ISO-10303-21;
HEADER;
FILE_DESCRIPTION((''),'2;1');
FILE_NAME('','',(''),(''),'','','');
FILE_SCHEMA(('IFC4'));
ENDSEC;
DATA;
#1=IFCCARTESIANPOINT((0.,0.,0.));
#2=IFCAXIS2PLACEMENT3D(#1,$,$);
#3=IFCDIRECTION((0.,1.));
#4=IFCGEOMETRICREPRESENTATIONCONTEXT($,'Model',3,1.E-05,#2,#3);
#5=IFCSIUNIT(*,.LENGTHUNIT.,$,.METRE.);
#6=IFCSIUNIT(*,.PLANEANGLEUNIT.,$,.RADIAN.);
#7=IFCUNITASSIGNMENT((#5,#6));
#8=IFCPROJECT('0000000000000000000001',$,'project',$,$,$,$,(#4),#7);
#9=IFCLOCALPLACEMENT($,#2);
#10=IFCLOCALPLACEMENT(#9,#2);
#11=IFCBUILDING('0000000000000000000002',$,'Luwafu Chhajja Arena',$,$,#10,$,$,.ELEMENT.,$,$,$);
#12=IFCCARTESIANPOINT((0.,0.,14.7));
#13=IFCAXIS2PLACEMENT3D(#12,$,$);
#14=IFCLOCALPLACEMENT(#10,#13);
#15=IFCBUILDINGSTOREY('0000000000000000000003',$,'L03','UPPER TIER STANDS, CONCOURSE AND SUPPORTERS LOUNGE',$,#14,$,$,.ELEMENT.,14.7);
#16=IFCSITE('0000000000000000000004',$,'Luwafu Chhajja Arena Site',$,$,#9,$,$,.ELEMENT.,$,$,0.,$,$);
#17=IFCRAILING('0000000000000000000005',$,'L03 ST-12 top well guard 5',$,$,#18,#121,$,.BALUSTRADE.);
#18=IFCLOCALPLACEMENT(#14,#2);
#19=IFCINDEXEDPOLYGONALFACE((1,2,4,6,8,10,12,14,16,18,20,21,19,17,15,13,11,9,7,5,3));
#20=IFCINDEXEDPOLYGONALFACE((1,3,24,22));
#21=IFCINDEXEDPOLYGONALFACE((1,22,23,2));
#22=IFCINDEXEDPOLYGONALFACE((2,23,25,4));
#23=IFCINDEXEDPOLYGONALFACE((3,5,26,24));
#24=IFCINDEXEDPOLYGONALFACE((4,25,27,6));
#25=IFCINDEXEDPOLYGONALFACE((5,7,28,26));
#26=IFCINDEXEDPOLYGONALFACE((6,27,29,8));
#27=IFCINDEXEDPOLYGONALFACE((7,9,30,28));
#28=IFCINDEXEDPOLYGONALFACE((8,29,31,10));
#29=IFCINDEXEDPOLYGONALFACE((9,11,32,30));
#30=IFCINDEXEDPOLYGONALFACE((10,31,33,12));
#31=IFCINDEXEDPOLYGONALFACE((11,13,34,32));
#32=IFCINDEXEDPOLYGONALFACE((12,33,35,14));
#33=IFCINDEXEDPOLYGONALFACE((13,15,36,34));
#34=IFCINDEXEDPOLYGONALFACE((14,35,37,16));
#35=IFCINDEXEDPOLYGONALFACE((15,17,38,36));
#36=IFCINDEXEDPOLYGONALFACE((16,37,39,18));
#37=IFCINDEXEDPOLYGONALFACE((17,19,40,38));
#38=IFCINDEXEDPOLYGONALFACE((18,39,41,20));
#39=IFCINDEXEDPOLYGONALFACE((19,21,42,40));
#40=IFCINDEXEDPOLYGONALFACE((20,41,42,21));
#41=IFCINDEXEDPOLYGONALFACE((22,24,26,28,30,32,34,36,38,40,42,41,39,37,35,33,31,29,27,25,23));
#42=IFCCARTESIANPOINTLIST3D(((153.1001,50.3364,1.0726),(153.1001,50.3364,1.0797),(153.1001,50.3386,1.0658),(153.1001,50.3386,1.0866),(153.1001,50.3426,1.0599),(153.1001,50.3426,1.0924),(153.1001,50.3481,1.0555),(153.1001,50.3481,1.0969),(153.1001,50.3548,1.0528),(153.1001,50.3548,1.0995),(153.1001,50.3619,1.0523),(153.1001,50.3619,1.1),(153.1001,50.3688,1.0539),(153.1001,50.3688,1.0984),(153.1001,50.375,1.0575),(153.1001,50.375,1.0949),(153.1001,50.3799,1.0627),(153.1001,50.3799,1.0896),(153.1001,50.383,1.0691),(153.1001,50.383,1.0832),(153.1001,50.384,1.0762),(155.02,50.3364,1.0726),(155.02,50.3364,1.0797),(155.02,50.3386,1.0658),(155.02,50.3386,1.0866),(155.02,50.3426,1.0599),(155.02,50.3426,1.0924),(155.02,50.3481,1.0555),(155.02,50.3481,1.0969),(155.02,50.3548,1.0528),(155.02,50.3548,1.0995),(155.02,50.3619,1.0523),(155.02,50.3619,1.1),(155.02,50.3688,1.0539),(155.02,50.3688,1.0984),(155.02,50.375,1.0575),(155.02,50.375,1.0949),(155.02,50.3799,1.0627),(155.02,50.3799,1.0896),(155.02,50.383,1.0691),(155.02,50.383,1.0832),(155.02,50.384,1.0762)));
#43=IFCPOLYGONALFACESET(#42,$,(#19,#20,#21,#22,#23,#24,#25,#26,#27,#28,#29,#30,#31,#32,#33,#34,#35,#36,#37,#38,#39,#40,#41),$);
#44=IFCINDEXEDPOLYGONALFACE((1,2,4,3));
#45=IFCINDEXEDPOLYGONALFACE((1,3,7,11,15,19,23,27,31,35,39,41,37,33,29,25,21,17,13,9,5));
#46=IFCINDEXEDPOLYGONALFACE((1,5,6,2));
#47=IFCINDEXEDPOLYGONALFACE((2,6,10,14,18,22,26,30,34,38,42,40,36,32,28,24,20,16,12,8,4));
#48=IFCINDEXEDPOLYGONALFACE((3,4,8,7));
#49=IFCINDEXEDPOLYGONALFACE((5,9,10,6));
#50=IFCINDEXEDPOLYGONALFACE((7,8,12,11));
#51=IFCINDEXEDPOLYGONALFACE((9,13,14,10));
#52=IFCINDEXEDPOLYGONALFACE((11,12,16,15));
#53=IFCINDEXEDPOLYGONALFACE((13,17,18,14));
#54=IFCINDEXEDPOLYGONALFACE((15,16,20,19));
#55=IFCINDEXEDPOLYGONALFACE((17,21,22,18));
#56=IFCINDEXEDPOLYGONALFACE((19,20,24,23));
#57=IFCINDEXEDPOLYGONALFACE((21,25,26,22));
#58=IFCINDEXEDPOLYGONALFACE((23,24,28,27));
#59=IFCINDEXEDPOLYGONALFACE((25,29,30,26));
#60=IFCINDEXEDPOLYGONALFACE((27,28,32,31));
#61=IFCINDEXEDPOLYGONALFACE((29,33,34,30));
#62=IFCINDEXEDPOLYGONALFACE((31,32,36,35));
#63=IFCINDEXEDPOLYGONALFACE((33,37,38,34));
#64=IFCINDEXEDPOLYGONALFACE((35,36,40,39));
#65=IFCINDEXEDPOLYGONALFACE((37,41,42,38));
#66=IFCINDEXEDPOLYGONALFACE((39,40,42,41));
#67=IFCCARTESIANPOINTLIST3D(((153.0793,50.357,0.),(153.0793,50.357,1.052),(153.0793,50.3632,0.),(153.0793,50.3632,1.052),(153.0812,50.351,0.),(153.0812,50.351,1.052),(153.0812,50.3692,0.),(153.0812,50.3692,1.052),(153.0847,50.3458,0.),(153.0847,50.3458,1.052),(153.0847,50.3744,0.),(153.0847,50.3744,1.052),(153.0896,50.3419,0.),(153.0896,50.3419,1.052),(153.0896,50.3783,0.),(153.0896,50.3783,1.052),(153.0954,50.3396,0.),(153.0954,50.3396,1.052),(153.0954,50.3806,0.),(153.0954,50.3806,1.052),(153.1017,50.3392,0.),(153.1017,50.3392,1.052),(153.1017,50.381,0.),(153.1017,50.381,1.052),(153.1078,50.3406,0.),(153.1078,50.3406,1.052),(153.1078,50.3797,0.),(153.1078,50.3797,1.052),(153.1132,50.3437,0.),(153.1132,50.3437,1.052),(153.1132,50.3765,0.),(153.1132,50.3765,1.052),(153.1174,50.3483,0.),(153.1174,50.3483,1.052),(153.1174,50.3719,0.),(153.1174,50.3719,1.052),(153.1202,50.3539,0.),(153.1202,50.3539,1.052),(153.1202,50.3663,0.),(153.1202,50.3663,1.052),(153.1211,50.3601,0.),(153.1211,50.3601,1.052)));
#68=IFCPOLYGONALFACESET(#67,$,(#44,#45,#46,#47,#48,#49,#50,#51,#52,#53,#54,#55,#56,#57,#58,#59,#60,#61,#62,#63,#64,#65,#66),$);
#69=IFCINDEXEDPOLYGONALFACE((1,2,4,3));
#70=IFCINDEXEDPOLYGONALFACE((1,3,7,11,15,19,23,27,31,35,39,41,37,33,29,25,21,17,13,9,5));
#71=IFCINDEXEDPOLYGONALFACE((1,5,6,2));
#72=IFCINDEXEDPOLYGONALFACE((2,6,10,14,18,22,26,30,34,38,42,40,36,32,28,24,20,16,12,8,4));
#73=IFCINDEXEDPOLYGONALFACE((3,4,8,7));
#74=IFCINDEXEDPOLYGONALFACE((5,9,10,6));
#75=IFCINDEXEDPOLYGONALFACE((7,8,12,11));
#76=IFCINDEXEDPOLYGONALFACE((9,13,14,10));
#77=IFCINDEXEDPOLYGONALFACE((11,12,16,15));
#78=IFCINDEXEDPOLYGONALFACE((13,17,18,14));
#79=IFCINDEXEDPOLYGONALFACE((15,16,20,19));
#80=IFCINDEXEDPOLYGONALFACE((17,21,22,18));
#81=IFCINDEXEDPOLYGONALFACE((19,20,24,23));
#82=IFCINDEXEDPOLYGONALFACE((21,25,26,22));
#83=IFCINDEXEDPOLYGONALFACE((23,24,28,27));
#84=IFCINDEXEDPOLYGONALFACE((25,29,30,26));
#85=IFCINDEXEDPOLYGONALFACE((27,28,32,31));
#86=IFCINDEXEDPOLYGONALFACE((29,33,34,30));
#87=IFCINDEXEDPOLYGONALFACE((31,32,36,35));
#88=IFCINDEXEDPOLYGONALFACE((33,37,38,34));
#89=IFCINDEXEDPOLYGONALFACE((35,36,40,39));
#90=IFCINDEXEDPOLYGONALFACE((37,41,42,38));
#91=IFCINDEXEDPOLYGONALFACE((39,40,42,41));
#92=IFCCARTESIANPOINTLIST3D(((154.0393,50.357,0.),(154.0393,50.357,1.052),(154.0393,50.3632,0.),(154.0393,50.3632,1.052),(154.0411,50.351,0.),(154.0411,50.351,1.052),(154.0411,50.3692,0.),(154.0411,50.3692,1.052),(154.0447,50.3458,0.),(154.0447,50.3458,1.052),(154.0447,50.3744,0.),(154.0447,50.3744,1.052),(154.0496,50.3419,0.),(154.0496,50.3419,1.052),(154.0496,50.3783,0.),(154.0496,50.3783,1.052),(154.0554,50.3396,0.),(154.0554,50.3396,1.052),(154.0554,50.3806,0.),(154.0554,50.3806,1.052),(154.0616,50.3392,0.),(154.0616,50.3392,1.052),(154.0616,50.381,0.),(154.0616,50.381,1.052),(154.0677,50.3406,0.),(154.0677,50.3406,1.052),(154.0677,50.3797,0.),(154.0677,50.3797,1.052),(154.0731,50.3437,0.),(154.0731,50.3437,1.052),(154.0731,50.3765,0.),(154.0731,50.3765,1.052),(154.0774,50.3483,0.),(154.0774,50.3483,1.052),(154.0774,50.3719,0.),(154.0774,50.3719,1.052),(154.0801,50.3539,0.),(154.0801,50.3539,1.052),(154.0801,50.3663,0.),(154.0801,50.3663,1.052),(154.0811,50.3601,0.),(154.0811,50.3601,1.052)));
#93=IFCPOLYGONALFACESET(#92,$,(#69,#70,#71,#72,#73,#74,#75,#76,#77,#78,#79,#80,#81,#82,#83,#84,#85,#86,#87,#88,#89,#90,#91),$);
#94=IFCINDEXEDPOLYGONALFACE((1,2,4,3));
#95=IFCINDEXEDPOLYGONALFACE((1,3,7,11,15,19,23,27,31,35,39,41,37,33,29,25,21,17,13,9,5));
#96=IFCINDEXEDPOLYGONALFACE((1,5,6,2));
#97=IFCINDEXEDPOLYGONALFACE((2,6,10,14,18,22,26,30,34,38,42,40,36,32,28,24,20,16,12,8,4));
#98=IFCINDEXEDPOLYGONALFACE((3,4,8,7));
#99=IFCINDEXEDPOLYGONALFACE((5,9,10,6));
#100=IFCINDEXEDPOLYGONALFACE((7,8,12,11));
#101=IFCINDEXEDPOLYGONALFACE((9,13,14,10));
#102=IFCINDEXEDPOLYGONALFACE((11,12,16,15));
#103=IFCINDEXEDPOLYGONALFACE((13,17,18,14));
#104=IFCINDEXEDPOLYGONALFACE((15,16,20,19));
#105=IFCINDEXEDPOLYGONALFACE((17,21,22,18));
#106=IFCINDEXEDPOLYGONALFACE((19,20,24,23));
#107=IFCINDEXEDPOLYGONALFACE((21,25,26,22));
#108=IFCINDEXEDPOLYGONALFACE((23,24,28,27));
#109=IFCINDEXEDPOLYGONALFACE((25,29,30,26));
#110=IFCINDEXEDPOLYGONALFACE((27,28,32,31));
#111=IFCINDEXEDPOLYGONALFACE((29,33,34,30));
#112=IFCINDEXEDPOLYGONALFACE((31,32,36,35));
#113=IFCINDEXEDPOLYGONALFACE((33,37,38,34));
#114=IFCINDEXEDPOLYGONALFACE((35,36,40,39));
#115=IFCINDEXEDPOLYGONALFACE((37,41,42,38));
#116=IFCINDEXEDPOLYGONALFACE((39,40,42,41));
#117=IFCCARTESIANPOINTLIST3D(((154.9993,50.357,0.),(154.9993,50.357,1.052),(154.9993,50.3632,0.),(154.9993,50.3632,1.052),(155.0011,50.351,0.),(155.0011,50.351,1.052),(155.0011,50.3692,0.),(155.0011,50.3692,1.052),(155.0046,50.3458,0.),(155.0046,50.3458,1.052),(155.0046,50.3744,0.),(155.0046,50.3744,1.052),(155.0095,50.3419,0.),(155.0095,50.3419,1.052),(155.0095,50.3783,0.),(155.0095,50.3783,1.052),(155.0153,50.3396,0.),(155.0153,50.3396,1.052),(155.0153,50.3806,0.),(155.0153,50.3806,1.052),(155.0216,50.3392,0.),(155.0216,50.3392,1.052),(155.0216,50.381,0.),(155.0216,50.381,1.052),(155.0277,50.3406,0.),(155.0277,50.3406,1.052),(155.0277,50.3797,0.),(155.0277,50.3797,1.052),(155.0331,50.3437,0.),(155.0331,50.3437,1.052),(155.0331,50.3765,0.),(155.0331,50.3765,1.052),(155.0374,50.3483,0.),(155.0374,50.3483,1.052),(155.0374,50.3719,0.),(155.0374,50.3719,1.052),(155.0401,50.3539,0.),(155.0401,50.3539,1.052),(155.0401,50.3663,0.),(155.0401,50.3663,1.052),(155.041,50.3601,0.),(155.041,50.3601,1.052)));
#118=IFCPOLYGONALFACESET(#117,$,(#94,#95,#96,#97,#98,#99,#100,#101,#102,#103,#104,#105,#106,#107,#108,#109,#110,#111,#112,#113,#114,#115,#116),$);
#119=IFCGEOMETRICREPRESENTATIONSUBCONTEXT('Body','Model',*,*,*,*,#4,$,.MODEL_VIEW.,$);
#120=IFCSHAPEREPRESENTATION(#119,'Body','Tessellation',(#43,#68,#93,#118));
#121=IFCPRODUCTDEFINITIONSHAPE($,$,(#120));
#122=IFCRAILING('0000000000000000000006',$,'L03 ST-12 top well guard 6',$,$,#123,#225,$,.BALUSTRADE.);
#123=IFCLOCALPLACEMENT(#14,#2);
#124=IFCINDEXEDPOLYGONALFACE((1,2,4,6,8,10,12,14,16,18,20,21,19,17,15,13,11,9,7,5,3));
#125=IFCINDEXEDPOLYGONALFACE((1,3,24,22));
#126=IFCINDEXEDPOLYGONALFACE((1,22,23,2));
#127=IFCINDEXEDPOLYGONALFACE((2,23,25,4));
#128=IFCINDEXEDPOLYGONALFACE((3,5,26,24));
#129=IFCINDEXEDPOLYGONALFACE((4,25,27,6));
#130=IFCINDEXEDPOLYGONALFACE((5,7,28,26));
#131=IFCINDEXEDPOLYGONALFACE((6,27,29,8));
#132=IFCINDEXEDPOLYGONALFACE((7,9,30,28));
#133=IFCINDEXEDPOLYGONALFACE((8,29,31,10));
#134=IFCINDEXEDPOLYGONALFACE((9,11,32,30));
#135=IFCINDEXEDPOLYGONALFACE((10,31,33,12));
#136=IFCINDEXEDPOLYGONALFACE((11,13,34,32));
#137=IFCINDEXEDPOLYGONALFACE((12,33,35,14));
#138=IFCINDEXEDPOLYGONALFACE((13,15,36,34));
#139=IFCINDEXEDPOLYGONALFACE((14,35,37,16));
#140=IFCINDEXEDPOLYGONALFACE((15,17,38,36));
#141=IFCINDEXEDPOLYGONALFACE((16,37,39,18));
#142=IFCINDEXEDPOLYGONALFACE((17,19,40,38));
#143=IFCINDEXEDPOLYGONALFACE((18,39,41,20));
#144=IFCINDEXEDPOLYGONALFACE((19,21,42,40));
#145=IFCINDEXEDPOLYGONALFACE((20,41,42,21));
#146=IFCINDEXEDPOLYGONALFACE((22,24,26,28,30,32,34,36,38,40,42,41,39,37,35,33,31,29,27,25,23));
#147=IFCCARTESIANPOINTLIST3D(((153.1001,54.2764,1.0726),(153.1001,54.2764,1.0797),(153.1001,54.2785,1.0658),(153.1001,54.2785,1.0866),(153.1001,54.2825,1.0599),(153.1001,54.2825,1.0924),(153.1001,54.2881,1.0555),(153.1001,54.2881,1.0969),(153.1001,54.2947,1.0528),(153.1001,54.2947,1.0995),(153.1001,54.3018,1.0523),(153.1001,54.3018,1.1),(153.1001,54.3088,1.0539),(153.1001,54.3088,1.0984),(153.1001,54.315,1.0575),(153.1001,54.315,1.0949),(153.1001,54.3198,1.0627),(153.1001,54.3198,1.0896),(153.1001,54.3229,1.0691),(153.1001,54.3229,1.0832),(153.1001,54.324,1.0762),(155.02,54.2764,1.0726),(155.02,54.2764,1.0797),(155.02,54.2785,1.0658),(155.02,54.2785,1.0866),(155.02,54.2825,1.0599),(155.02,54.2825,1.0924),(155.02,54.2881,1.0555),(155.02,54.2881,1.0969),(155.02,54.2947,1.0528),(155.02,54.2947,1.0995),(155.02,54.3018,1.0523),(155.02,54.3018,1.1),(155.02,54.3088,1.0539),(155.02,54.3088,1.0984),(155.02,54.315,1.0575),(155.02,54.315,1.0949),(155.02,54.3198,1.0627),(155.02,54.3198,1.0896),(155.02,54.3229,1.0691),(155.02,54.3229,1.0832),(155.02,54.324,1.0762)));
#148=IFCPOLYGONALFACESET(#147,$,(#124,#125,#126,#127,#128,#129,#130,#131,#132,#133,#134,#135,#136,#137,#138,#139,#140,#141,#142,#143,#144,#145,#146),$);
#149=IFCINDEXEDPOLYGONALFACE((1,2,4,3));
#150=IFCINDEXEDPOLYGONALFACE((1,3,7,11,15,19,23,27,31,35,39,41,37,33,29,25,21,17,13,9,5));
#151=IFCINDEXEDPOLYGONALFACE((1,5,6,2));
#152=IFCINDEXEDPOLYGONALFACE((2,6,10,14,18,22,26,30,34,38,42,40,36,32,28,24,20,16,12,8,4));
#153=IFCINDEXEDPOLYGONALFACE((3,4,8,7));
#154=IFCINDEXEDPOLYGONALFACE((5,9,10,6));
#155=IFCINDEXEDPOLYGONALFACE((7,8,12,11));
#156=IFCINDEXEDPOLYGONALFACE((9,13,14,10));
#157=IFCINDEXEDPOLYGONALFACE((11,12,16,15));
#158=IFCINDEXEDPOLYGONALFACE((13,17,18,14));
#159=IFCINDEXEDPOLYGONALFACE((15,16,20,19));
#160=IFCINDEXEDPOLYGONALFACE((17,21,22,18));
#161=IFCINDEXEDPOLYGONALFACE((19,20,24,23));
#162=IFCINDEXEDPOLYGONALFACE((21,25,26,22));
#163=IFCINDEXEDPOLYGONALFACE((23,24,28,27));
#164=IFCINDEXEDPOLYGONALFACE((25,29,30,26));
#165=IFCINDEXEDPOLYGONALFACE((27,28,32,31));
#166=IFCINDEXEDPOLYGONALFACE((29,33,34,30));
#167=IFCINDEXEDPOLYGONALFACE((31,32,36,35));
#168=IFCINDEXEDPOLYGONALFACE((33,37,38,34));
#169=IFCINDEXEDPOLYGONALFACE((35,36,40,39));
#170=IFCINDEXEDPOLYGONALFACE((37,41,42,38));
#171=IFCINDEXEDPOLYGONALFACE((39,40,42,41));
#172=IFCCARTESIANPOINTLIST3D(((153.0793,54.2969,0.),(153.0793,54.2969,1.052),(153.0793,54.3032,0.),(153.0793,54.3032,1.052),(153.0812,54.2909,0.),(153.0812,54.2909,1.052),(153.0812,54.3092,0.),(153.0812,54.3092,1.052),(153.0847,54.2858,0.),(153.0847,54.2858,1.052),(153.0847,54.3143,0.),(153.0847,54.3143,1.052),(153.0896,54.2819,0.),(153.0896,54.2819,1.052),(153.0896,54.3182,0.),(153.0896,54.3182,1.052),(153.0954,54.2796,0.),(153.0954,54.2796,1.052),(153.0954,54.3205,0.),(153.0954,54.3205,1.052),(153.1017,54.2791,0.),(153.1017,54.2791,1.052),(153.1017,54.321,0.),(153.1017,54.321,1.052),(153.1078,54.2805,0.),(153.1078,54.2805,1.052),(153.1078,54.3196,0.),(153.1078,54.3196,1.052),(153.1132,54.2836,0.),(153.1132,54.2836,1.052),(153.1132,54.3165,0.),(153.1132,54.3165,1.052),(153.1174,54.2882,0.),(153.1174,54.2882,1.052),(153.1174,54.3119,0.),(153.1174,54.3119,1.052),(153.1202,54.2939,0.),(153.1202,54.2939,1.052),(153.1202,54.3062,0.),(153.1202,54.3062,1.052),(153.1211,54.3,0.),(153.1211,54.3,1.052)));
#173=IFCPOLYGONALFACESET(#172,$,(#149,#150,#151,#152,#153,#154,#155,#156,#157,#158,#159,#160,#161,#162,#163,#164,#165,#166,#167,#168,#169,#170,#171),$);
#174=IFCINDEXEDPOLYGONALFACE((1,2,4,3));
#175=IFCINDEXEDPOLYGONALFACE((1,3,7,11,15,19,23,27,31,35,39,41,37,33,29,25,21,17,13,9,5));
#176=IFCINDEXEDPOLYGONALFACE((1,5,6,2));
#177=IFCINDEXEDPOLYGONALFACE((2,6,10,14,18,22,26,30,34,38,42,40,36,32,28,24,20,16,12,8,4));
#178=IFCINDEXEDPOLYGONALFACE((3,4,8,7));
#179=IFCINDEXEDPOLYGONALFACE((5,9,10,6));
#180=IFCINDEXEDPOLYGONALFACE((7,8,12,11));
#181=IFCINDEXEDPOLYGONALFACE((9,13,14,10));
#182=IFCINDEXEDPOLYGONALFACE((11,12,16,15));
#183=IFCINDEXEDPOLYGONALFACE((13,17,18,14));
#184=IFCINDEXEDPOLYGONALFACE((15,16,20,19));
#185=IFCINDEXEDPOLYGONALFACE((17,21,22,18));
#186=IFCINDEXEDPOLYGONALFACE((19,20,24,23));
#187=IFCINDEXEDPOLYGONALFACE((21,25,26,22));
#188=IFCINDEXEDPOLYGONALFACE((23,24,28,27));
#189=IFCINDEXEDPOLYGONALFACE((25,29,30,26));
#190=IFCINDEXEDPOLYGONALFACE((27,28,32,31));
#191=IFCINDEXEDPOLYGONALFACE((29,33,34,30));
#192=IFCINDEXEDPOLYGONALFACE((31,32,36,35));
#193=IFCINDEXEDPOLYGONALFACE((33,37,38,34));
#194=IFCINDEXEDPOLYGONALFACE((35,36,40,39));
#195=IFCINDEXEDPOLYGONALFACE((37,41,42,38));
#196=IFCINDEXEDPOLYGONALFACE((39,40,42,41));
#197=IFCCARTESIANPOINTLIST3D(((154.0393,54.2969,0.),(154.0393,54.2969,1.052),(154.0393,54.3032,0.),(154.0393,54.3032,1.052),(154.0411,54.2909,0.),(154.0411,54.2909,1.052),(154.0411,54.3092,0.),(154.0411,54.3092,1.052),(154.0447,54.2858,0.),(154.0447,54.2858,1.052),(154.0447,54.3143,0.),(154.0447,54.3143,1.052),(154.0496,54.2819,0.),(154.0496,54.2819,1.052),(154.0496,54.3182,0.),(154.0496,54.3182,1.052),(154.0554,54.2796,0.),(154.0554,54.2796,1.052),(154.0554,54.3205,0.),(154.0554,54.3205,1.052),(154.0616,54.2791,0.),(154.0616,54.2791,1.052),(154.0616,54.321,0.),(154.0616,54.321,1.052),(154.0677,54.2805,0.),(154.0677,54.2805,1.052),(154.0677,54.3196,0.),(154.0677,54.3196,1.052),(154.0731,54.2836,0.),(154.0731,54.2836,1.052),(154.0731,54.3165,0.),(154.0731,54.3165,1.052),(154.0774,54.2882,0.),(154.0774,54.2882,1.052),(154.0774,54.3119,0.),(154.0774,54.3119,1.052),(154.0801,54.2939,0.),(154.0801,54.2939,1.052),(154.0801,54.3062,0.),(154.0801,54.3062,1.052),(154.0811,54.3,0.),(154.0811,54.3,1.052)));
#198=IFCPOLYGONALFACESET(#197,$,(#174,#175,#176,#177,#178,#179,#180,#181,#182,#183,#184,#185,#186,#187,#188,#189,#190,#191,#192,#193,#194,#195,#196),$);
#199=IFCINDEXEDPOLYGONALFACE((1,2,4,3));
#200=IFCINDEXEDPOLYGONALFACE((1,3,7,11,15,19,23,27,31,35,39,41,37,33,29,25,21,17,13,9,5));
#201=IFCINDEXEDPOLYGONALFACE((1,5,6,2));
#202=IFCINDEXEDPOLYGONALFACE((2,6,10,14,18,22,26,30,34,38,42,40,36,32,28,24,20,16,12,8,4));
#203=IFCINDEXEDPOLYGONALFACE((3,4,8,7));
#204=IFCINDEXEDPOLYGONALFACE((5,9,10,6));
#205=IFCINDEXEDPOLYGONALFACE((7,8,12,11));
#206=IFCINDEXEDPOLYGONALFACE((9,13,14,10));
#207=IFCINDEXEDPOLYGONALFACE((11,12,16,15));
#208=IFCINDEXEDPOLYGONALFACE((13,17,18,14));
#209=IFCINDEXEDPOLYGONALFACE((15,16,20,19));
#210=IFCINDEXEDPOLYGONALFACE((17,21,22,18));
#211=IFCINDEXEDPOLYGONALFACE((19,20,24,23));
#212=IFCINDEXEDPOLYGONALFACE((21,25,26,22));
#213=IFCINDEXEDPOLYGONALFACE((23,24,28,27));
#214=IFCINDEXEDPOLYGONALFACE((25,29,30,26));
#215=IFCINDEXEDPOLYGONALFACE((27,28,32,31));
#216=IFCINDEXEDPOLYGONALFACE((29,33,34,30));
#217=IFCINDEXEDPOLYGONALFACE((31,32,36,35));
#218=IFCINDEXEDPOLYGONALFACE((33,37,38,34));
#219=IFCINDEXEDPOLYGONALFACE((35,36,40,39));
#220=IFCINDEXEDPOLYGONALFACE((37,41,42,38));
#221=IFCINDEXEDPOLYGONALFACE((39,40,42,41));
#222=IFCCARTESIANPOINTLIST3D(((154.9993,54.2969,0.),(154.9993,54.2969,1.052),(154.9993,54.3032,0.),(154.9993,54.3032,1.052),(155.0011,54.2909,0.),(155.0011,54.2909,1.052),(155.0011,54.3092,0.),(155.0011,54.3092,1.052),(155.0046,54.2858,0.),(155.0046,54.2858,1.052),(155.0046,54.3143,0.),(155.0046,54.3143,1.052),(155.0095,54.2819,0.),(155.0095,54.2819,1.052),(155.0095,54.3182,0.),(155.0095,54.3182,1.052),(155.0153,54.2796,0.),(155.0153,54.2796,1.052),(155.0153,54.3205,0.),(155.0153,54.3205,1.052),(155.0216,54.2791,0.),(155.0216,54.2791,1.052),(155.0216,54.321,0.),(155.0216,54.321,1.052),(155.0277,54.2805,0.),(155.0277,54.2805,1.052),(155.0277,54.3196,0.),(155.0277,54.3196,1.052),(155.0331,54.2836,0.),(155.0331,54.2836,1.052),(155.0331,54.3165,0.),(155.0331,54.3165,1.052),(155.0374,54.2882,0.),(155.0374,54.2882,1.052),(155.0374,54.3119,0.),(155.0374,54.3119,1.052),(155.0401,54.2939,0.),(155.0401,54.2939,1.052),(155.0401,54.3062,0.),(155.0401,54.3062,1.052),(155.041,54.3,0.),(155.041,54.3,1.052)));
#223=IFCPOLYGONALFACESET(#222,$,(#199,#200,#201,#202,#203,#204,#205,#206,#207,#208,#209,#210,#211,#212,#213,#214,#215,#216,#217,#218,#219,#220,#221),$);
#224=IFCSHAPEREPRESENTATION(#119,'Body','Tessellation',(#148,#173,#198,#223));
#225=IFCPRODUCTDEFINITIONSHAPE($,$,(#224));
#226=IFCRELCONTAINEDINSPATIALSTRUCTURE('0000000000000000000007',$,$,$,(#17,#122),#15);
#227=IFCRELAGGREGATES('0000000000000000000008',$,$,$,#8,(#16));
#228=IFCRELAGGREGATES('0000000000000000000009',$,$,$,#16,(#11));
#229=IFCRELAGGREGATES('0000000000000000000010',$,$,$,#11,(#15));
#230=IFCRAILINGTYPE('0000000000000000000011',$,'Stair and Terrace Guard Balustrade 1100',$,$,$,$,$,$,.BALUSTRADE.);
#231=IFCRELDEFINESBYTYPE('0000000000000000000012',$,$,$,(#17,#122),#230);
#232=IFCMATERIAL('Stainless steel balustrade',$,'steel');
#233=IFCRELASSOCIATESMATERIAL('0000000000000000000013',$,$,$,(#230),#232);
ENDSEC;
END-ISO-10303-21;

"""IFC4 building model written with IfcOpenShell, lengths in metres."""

from ifc_helpers import new_model, si_unit, direction, frame, origin, origin_2d, place, context, subcontext, project, spatial, circle, extrude, material, type_object, element, save


model = new_model("IFC4")

# Units and contexts
model_context = context("Model", 3, precision=1e-05, world=origin(), true_north=direction((0.0, 1.0)))
body_context = subcontext(model_context, "Body", "Model", "MODEL_VIEW")
ifc_project = project(units=[si_unit("LENGTHUNIT", "METRE"), si_unit("PLANEANGLEUNIT", "RADIAN")], contexts=[model_context])

# Site, building, storey
site_placement = place(None, origin())
site = spatial("IfcSite", under=ifc_project, at=site_placement, Name="Luwafu Chhajja Arena Site", CompositionType="ELEMENT", RefElevation=0.0)
building_placement = place(site_placement, origin())
building = spatial("IfcBuilding", under=site, at=building_placement, Name="Luwafu Chhajja Arena", CompositionType="ELEMENT")
storey_placement = place(building_placement, frame((0.0, 0.0, 14.7)))
storey = spatial("IfcBuildingStorey", under=building, at=storey_placement, Name="L03", Description="UPPER TIER STANDS, CONCOURSE AND SUPPORTERS LOUNGE", CompositionType="ELEMENT", Elevation=14.7)

# Railings
ifc_material_1 = material(Name="Stainless steel balustrade", Category="steel")
railing_type = type_object("IfcRailingType", Name="Stair and Terrace Guard Balustrade 1100", PredefinedType="BALUSTRADE", material=ifc_material_1)
for number, where, name in (
    (1, (153.1001, 50.3601, 0.0), "L03 ST-12 top well guard 5"),
    (2, (153.1001, 54.3, 0.0), "L03 ST-12 top well guard 6"),
):
    element("IfcRailing", number, at=place(storey_placement, frame(where)), inside=storey, type_object=railing_type, Name=name, PredefinedType="BALUSTRADE", context=body_context, shape_type="SweptSolid", body=[
        extrude(circle(Radius=0.0239, at=origin_2d()), frame((0.0, 0.0, 1.0762), z_axis=(1.0, 0.0, 0.0), x_axis=(0.0, 1.0, 0.0)), (0.0, 0.0, 1.0), 1.9199),
        extrude(circle(Radius=0.021, at=origin_2d()), origin(), (0.0, 0.0, 1.0), 1.052),
        extrude(circle(Radius=0.021, at=origin_2d()), frame((0.96, 0.0, 0.0)), (0.0, 0.0, 1.0), 1.052),
        extrude(circle(Radius=0.021, at=origin_2d()), frame((1.9199, 0.0, 0.0)), (0.0, 0.0, 1.0), 1.052),
    ])

save(model, "model.ifc")
